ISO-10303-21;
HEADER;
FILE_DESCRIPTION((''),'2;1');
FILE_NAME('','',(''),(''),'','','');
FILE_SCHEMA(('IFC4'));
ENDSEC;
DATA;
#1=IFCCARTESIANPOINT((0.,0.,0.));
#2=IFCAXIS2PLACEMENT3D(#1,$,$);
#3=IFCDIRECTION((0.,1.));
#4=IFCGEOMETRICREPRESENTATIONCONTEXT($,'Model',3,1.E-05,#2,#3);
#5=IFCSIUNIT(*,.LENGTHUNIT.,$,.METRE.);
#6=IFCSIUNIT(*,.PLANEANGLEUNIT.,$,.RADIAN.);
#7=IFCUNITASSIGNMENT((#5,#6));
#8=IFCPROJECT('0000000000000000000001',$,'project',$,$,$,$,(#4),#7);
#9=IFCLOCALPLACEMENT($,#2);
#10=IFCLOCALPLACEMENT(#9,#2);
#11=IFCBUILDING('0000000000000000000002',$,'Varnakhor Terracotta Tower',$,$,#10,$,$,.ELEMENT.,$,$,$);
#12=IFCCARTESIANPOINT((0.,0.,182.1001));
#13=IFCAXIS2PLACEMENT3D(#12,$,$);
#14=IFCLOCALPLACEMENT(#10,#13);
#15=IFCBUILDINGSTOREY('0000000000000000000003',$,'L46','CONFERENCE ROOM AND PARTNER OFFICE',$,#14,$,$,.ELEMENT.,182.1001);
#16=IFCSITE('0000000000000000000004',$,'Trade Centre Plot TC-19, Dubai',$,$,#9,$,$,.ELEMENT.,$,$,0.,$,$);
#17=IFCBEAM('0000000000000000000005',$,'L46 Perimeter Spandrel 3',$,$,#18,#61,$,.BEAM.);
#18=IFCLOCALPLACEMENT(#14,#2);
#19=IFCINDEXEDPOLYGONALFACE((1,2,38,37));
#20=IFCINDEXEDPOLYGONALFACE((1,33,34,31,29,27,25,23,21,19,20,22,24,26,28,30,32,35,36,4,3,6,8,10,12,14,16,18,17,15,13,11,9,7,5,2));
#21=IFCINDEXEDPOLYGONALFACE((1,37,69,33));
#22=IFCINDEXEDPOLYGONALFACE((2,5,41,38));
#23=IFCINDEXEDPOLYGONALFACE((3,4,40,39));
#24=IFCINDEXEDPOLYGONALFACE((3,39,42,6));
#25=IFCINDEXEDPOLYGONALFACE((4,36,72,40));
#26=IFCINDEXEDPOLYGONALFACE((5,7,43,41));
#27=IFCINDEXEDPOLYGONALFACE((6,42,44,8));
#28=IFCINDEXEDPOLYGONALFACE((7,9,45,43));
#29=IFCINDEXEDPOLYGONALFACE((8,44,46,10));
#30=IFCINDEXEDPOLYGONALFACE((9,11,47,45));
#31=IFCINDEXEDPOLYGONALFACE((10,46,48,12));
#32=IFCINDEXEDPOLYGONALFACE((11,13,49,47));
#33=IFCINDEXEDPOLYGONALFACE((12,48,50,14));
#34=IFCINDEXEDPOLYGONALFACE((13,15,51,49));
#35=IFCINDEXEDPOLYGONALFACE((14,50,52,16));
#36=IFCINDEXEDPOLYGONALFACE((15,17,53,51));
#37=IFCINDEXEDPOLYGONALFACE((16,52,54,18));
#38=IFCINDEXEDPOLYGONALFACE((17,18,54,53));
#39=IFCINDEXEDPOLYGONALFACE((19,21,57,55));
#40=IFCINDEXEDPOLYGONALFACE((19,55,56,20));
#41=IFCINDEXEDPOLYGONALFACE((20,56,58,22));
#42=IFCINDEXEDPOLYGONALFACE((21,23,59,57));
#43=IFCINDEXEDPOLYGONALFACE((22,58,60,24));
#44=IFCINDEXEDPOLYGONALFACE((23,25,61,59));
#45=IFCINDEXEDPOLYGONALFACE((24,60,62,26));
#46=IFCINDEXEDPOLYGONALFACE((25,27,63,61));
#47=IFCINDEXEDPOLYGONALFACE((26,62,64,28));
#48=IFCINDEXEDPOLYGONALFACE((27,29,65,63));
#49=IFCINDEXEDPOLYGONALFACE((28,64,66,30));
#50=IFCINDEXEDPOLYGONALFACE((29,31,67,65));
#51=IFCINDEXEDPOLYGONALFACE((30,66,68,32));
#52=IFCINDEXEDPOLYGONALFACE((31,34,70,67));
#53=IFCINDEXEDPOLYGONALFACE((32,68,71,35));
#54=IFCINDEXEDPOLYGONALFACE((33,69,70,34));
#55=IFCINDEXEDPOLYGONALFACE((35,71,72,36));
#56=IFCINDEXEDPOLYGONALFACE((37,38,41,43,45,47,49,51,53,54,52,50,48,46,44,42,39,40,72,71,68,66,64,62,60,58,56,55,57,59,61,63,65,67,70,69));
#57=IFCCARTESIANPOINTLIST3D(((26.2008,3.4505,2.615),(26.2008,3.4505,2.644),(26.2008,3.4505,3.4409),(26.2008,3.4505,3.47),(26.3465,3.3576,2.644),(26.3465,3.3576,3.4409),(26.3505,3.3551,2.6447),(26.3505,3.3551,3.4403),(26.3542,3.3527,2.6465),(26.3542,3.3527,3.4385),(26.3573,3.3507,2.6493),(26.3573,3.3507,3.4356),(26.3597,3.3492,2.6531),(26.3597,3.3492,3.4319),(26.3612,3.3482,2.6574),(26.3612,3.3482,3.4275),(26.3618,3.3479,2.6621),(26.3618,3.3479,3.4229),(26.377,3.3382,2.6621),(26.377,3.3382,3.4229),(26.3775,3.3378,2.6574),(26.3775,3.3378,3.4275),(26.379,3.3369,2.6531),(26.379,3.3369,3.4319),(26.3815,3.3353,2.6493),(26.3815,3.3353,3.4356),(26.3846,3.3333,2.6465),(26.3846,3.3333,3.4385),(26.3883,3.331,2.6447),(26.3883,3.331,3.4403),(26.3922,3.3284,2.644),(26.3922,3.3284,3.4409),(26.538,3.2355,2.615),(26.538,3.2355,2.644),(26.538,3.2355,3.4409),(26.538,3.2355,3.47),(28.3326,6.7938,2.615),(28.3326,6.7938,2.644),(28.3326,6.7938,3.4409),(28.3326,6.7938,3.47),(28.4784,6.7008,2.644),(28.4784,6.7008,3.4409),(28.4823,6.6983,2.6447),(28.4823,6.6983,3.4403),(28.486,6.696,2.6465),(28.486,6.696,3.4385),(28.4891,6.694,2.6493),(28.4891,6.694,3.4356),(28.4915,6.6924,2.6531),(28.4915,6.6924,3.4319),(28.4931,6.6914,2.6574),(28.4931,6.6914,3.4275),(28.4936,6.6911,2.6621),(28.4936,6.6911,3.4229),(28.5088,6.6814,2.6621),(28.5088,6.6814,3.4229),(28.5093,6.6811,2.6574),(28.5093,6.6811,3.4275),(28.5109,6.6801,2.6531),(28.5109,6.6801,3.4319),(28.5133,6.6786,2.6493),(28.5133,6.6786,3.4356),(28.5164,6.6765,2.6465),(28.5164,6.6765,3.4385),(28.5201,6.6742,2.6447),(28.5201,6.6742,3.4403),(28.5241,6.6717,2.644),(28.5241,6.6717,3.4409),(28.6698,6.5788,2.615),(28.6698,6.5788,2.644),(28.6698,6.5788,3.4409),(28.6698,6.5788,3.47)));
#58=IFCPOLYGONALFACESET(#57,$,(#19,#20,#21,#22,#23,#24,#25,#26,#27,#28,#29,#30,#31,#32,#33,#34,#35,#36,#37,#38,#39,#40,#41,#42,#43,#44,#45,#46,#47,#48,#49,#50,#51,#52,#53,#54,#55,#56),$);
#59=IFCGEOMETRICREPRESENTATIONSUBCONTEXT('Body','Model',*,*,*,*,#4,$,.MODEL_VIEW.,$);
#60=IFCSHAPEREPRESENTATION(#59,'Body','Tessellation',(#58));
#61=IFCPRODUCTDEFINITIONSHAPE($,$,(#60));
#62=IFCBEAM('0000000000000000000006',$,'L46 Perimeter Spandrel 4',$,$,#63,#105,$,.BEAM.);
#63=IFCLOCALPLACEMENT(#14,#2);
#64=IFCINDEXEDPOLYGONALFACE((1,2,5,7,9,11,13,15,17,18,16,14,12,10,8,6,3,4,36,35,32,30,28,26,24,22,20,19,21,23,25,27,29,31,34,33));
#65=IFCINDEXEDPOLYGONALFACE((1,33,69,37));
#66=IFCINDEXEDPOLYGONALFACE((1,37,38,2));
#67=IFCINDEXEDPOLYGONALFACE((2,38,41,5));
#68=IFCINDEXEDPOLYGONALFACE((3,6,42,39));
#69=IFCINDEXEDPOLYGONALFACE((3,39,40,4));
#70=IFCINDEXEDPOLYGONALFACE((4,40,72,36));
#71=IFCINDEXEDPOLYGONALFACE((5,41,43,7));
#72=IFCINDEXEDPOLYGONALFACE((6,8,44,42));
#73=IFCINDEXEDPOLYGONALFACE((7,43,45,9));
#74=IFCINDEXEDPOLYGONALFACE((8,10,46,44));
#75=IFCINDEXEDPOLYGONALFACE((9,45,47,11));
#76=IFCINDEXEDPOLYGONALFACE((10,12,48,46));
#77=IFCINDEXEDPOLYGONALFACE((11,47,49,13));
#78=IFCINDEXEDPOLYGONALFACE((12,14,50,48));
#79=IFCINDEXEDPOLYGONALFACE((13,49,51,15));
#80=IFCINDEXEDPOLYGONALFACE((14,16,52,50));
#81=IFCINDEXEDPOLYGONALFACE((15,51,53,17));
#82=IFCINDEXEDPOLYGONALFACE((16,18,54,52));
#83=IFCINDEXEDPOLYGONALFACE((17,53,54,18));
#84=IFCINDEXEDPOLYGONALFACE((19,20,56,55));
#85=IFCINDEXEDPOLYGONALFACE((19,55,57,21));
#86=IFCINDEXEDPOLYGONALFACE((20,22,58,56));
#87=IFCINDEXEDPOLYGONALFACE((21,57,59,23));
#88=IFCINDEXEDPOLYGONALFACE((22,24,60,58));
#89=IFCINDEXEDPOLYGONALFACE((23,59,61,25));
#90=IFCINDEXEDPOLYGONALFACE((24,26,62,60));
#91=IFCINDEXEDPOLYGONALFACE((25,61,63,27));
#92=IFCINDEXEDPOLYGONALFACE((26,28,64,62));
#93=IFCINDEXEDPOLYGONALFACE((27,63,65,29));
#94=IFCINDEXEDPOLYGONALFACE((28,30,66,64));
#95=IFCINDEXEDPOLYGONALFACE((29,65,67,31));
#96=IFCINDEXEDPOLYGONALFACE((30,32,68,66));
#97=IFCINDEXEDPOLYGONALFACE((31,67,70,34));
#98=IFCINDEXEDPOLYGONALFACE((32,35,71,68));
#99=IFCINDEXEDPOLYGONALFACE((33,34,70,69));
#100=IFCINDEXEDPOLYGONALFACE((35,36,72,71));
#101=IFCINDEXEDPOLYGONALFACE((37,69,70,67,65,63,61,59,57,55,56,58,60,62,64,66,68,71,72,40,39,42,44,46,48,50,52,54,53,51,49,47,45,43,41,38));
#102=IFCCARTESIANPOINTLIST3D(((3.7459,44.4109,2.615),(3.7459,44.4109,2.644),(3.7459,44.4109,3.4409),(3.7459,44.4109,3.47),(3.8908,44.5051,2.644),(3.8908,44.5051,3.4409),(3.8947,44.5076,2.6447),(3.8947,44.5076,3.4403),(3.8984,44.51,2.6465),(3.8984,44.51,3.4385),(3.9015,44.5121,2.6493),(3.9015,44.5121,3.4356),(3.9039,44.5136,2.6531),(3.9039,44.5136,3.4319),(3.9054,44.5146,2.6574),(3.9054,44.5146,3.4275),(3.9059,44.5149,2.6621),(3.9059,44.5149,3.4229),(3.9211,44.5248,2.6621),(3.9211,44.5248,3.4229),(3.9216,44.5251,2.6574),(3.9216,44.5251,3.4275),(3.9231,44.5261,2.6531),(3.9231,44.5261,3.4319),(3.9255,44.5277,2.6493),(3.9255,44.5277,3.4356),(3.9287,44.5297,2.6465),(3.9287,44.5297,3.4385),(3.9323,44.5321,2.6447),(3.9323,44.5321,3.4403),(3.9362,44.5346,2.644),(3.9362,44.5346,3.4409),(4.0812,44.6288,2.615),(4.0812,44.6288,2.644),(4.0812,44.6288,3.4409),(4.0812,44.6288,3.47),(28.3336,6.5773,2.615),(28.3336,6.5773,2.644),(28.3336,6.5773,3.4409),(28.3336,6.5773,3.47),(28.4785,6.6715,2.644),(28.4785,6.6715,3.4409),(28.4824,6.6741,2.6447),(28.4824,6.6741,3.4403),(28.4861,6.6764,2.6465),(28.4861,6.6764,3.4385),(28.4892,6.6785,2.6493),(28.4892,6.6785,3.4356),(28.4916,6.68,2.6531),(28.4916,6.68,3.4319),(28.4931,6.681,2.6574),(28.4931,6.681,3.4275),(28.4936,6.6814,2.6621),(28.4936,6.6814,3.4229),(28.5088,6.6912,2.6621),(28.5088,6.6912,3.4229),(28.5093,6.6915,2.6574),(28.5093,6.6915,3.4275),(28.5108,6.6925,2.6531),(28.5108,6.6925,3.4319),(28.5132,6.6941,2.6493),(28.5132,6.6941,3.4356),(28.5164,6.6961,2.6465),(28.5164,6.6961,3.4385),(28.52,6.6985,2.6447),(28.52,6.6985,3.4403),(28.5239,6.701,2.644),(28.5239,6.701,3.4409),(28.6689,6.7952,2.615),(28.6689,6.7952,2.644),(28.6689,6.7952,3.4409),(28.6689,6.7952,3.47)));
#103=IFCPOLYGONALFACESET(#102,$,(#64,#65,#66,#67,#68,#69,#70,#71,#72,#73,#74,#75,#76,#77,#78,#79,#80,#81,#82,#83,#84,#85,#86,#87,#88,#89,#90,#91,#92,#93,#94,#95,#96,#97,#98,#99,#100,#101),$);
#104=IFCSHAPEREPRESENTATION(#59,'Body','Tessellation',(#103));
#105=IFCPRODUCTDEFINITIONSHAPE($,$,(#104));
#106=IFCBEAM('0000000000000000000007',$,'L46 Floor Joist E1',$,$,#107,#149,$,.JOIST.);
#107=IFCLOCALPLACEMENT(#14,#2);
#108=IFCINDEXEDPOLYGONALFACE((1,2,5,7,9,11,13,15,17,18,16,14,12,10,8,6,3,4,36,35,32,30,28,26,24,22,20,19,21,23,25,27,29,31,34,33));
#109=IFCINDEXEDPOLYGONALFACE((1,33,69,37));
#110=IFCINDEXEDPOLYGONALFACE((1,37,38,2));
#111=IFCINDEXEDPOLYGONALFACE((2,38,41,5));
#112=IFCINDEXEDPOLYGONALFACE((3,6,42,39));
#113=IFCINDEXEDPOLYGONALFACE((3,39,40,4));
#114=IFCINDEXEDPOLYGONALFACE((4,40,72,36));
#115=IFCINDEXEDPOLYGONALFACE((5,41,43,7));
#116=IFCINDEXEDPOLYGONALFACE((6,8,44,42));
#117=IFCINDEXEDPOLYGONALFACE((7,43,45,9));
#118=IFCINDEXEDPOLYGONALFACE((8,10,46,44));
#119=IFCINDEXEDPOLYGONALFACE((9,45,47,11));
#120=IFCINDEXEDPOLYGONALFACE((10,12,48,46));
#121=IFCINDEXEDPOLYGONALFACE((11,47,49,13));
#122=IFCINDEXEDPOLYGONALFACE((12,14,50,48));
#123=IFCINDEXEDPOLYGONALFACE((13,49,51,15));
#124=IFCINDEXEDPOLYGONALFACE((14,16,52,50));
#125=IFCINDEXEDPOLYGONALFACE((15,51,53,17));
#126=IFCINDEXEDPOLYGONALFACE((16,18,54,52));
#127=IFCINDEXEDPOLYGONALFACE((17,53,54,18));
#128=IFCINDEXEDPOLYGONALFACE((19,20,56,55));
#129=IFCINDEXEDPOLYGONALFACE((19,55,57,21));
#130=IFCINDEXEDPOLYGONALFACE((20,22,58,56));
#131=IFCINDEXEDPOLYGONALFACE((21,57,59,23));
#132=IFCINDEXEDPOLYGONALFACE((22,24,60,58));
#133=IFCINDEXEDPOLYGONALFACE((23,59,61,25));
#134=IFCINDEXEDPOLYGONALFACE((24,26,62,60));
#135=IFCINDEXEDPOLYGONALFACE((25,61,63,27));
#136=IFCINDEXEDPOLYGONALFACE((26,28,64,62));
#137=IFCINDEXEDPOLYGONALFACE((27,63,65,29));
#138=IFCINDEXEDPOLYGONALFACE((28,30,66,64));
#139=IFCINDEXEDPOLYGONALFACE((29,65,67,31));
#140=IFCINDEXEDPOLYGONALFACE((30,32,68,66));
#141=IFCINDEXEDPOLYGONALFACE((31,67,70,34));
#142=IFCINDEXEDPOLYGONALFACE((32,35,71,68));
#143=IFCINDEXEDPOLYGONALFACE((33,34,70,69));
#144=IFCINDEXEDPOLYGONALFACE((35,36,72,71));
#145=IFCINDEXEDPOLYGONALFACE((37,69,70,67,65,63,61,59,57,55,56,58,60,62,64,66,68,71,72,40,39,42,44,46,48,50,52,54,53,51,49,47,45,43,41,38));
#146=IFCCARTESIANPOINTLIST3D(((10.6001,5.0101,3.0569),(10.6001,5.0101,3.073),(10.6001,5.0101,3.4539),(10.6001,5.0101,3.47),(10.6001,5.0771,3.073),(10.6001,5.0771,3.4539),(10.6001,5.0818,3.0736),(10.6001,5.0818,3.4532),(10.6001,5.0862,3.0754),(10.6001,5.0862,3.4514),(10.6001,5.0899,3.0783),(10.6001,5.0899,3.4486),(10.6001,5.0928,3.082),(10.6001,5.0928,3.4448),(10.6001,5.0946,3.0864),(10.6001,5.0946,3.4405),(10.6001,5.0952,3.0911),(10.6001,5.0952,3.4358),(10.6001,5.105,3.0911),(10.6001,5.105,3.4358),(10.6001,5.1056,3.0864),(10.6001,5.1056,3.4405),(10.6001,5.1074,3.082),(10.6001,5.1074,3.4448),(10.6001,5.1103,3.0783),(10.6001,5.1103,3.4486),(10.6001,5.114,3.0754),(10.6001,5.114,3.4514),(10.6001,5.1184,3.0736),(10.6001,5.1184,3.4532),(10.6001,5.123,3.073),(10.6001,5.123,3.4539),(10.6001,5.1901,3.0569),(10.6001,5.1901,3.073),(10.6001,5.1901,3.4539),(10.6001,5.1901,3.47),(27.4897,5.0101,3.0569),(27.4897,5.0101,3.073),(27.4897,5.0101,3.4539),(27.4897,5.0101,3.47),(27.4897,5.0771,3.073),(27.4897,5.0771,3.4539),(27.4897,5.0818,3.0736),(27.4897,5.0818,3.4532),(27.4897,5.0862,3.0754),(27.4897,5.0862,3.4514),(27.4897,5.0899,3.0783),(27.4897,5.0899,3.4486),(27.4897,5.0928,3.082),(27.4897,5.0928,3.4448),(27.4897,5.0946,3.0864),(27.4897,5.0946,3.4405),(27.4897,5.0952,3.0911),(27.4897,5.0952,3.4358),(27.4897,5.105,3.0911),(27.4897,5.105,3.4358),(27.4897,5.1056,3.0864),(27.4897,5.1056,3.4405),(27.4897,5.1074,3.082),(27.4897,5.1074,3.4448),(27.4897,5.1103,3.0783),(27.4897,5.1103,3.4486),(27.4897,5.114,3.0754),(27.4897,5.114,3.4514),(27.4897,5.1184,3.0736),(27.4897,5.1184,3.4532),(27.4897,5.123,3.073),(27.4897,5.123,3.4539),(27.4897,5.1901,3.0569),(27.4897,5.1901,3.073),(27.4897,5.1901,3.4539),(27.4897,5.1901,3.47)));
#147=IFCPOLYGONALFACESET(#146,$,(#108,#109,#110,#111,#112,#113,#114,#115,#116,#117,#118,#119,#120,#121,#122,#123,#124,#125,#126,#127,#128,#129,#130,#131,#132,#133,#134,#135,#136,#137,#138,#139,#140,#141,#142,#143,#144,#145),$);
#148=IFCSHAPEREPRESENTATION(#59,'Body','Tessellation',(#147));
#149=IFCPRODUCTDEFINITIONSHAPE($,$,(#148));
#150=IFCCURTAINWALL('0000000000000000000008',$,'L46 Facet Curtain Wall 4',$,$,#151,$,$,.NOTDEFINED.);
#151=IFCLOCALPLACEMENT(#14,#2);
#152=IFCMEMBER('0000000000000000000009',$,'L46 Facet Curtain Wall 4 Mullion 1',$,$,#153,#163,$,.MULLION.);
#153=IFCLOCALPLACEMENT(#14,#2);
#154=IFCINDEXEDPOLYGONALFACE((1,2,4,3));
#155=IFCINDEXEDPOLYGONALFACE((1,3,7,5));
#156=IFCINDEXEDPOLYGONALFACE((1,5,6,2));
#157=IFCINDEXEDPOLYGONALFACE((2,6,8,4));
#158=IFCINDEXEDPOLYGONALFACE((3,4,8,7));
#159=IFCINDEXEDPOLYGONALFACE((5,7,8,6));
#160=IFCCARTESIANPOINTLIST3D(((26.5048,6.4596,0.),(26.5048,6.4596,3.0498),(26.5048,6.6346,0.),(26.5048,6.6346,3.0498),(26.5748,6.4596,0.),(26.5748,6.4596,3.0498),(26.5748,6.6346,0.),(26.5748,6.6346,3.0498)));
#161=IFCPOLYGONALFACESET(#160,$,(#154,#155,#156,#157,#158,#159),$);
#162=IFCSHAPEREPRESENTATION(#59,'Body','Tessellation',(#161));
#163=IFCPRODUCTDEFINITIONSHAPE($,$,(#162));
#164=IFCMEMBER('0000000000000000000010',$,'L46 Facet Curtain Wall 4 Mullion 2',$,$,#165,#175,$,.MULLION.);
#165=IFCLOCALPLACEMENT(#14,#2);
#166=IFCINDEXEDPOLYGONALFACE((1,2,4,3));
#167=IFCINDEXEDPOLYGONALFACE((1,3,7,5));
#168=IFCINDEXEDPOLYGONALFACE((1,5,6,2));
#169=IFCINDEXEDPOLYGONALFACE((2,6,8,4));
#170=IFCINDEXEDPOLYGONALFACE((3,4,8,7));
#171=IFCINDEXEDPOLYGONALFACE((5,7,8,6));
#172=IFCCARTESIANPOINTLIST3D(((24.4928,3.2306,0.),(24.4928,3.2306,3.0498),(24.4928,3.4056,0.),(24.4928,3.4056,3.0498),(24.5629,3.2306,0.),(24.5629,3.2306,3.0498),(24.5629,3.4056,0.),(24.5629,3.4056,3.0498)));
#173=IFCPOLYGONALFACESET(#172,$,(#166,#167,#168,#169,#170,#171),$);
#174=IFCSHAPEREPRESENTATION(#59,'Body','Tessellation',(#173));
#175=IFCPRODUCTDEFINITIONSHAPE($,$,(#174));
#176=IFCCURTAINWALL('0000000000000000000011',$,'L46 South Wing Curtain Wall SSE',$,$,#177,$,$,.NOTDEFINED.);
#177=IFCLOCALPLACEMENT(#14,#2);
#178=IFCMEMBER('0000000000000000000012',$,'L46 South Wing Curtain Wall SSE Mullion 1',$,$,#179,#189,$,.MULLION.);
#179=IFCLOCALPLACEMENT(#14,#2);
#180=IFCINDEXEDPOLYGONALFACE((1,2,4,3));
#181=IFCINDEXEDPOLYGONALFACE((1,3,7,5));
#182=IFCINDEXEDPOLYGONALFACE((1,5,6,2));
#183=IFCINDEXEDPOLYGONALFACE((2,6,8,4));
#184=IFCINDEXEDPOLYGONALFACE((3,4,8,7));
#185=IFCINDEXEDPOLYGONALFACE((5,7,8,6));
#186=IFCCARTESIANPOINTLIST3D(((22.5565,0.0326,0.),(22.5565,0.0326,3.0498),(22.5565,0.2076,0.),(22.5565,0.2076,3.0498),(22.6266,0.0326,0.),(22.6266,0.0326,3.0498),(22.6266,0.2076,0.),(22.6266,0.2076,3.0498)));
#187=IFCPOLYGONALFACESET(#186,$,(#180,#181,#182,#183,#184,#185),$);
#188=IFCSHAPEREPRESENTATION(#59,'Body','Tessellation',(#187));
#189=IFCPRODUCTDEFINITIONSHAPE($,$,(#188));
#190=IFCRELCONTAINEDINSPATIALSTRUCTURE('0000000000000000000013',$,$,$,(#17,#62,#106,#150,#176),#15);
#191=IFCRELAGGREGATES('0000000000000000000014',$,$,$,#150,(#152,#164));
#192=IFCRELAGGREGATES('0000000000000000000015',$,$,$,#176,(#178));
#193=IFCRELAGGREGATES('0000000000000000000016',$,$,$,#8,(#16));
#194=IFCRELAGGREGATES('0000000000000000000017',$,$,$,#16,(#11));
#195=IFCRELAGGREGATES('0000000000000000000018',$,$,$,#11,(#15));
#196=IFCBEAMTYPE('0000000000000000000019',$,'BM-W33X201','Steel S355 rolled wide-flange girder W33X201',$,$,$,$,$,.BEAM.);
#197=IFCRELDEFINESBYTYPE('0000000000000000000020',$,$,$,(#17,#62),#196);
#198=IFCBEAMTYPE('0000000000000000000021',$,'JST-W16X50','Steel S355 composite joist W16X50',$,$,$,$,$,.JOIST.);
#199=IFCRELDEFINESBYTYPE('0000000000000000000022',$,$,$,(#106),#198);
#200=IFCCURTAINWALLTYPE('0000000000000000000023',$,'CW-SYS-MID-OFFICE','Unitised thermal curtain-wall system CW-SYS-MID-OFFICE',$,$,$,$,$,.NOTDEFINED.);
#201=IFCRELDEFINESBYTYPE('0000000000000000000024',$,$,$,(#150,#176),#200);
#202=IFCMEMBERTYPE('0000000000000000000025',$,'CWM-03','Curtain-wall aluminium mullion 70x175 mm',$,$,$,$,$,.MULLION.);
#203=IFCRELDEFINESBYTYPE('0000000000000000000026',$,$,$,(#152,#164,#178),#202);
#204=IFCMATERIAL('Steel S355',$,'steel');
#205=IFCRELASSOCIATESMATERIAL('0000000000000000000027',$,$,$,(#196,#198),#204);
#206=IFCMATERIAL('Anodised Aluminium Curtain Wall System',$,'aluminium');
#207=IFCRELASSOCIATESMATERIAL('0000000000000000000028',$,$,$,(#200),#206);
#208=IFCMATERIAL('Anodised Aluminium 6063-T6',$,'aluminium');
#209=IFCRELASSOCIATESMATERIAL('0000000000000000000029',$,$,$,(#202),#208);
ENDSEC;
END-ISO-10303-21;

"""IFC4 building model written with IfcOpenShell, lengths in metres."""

from ifc_helpers import new_model, si_unit, direction, frame, origin, origin_2d, place, context, subcontext, project, spatial, rectangle, i_section, extrude, source, transform, mapped, material, material_profile, profile_set, type_object, type_shapes, element, aggregate, save


model = new_model("IFC4")

# Units and contexts
model_context = context("Model", 3, precision=1e-05, world=origin(), true_north=direction((0.0, 1.0)))
body_context = subcontext(model_context, "Body", "Model", "MODEL_VIEW")
ifc_project = project(units=[si_unit("LENGTHUNIT", "METRE"), si_unit("PLANEANGLEUNIT", "RADIAN")], contexts=[model_context])

# Site, building, storey
site_placement = place(None, origin())
site = spatial("IfcSite", under=ifc_project, at=site_placement, Name="Trade Centre Plot TC-19, Dubai", CompositionType="ELEMENT", RefElevation=0.0)
building_placement = place(site_placement, origin())
building = spatial("IfcBuilding", under=site, at=building_placement, Name="Varnakhor Terracotta Tower", CompositionType="ELEMENT")
storey_placement = place(building_placement, frame((0.0, 0.0, 182.1001)))
storey = spatial("IfcBuildingStorey", under=building, at=storey_placement, Name="L46", Description="CONFERENCE ROOM AND PARTNER OFFICE", CompositionType="ELEMENT", Elevation=182.1001)

# Beams
ifc_material_1 = material(Name="Steel S355", Category="steel")
ifc_material_profile_1 = material_profile(ifc_material_1, i_section(OverallWidth=0.3999, OverallDepth=0.855, WebThickness=0.0181, FlangeThickness=0.0291, FilletRadius=0.0181, at=origin_2d()), Name="W33X201")
ifc_profile_set_1 = profile_set([ifc_material_profile_1], Name="Steel S355")
beam_type_1 = type_object("IfcBeamType", Name="BM-W33X201", Description="Steel S355 rolled wide-flange girder W33X201", PredefinedType="BEAM", material=ifc_profile_set_1)
shared_shape_1 = source(origin(), body_context, "Body", "SweptSolid", [
    extrude(i_section(OverallWidth=0.3999, OverallDepth=0.855, WebThickness=0.0181, FlangeThickness=0.0291, FilletRadius=0.0181, at=origin_2d()), origin(), (0.0, 0.0, 1.0), 3.9651),
])
beam_1_placement = place(storey_placement, frame((26.3694, 3.343, 3.0425), z_axis=(0.537648, 0.843169, 0.0), x_axis=(-0.843169, 0.537648, 0.0)))
element("IfcBeam", 1, at=beam_1_placement, inside=storey, type_object=beam_type_1, Name="L46 Perimeter Spandrel 3", PredefinedType="BEAM", context=body_context, shape_type="MappedRepresentation", body=[
    mapped(shared_shape_1, transform((0.0, 0.0, 0.0), scale=1.0)),
])
shared_shape_2 = source(origin(), body_context, "Body", "SweptSolid", [
    extrude(i_section(OverallWidth=0.3999, OverallDepth=0.855, WebThickness=0.0181, FlangeThickness=0.0291, FilletRadius=0.0181, at=origin_2d()), origin(), (0.0, 0.0, 1.0), 45.1213),
])
beam_2_placement = place(storey_placement, frame((28.5012, 6.6863, 3.0425), z_axis=(-0.544924, 0.838485, 0.0), x_axis=(-0.838485, -0.544924, 0.0)))
element("IfcBeam", 2, at=beam_2_placement, inside=storey, type_object=beam_type_1, Name="L46 Perimeter Spandrel 4", PredefinedType="BEAM", context=body_context, shape_type="MappedRepresentation", body=[
    mapped(shared_shape_2, transform((0.0, 0.0, 0.0), scale=1.0)),
])
ifc_material_profile_2 = material_profile(ifc_material_1, i_section(OverallWidth=0.1799, OverallDepth=0.4131, WebThickness=0.0098, FlangeThickness=0.0161, FilletRadius=0.0181, at=origin_2d()), Name="W16X50")
ifc_profile_set_2 = profile_set([ifc_material_profile_2], Name="Steel S355")
beam_type_2 = type_object("IfcBeamType", Name="JST-W16X50", Description="Steel S355 composite joist W16X50", PredefinedType="JOIST", material=ifc_profile_set_2)
shared_shape_3 = source(origin(), body_context, "Body", "SweptSolid", [
    extrude(i_section(OverallWidth=0.1799, OverallDepth=0.4131, WebThickness=0.0098, FlangeThickness=0.0161, FilletRadius=0.0181, at=origin_2d()), origin(), (0.0, 0.0, 1.0), 16.8896),
])
beam_3_placement = place(storey_placement, frame((10.6001, 5.1001, 3.2634), z_axis=(1.0, 0.0, 0.0), x_axis=(0.0, 1.0, 0.0)))
element("IfcBeam", 3, at=beam_3_placement, inside=storey, type_object=beam_type_2, Name="L46 Floor Joist E1", PredefinedType="JOIST", context=body_context, shape_type="MappedRepresentation", body=[
    mapped(shared_shape_3, transform((0.0, 0.0, 0.0), scale=1.0)),
])

# Curtain walls, members
ifc_material_2 = material(Name="Anodised Aluminium Curtain Wall System", Category="aluminium")
curtain_wall_type = type_object("IfcCurtainWallType", Name="CW-SYS-MID-OFFICE", Description="Unitised thermal curtain-wall system CW-SYS-MID-OFFICE", PredefinedType="NOTDEFINED", material=ifc_material_2)
curtain_wall_1_placement = place(storey_placement, origin())
curtain_wall_1 = element("IfcCurtainWall", 4, at=curtain_wall_1_placement, inside=storey, type_object=curtain_wall_type, Name="L46 Facet Curtain Wall 4", PredefinedType="NOTDEFINED")
ifc_material_3 = material(Name="Anodised Aluminium 6063-T6", Category="aluminium")
ifc_material_profile_3 = material_profile(ifc_material_3, rectangle(XDim=0.0701, YDim=0.175, at=origin_2d()), Name="ALU MULLION 70x175")
ifc_profile_set_3 = profile_set([ifc_material_profile_3], Name="Anodised Aluminium 6063-T6")
member_type_1 = type_object("IfcMemberType", Name="CWM-03", Description="Curtain-wall aluminium mullion 70x175 mm", PredefinedType="MULLION", material=ifc_profile_set_3)
shared_shape_4 = source(origin(), body_context, "Body", "SweptSolid", [
    extrude(rectangle(XDim=0.0701, YDim=0.175, at=origin_2d()), origin(), (0.0, 0.0, 1.0), 3.0498),
])
type_shapes(member_type_1, [shared_shape_4])
member_1_placement = place(storey_placement, frame((26.5398, 6.5471, 0.0), z_axis=(0.0, 0.0, 1.0), x_axis=(1.0, 0.0, 0.0)))
member_1 = element("IfcMember", 5, at=member_1_placement, type_object=member_type_1, Name="L46 Facet Curtain Wall 4 Mullion 1", PredefinedType="MULLION", context=body_context, shape_type="MappedRepresentation", body=[
    mapped(shared_shape_4, transform((0.0, 0.0, 0.0), scale=1.0)),
])
member_2_placement = place(storey_placement, frame((24.5278, 3.3181, 0.0), z_axis=(0.0, 0.0, 1.0), x_axis=(1.0, 0.0, 0.0)))
member_2 = element("IfcMember", 6, at=member_2_placement, type_object=member_type_1, Name="L46 Facet Curtain Wall 4 Mullion 2", PredefinedType="MULLION", context=body_context, shape_type="MappedRepresentation", body=[
    mapped(shared_shape_4, transform((0.0, 0.0, 0.0), scale=1.0)),
])
curtain_wall_2_placement = place(storey_placement, origin())
curtain_wall_2 = element("IfcCurtainWall", 7, at=curtain_wall_2_placement, inside=storey, type_object=curtain_wall_type, Name="L46 South Wing Curtain Wall SSE", PredefinedType="NOTDEFINED")
member_3_placement = place(storey_placement, frame((22.5916, 0.1201, 0.0), z_axis=(0.0, 0.0, 1.0), x_axis=(1.0, 0.0, 0.0)))
member_3 = element("IfcMember", 8, at=member_3_placement, type_object=member_type_1, Name="L46 South Wing Curtain Wall SSE Mullion 1", PredefinedType="MULLION", context=body_context, shape_type="MappedRepresentation", body=[
    mapped(shared_shape_4, transform((0.0, 0.0, 0.0), scale=1.0)),
])

aggregate(curtain_wall_1, [member_1, member_2])
aggregate(curtain_wall_2, [member_3])

save(model, "model.ifc")
